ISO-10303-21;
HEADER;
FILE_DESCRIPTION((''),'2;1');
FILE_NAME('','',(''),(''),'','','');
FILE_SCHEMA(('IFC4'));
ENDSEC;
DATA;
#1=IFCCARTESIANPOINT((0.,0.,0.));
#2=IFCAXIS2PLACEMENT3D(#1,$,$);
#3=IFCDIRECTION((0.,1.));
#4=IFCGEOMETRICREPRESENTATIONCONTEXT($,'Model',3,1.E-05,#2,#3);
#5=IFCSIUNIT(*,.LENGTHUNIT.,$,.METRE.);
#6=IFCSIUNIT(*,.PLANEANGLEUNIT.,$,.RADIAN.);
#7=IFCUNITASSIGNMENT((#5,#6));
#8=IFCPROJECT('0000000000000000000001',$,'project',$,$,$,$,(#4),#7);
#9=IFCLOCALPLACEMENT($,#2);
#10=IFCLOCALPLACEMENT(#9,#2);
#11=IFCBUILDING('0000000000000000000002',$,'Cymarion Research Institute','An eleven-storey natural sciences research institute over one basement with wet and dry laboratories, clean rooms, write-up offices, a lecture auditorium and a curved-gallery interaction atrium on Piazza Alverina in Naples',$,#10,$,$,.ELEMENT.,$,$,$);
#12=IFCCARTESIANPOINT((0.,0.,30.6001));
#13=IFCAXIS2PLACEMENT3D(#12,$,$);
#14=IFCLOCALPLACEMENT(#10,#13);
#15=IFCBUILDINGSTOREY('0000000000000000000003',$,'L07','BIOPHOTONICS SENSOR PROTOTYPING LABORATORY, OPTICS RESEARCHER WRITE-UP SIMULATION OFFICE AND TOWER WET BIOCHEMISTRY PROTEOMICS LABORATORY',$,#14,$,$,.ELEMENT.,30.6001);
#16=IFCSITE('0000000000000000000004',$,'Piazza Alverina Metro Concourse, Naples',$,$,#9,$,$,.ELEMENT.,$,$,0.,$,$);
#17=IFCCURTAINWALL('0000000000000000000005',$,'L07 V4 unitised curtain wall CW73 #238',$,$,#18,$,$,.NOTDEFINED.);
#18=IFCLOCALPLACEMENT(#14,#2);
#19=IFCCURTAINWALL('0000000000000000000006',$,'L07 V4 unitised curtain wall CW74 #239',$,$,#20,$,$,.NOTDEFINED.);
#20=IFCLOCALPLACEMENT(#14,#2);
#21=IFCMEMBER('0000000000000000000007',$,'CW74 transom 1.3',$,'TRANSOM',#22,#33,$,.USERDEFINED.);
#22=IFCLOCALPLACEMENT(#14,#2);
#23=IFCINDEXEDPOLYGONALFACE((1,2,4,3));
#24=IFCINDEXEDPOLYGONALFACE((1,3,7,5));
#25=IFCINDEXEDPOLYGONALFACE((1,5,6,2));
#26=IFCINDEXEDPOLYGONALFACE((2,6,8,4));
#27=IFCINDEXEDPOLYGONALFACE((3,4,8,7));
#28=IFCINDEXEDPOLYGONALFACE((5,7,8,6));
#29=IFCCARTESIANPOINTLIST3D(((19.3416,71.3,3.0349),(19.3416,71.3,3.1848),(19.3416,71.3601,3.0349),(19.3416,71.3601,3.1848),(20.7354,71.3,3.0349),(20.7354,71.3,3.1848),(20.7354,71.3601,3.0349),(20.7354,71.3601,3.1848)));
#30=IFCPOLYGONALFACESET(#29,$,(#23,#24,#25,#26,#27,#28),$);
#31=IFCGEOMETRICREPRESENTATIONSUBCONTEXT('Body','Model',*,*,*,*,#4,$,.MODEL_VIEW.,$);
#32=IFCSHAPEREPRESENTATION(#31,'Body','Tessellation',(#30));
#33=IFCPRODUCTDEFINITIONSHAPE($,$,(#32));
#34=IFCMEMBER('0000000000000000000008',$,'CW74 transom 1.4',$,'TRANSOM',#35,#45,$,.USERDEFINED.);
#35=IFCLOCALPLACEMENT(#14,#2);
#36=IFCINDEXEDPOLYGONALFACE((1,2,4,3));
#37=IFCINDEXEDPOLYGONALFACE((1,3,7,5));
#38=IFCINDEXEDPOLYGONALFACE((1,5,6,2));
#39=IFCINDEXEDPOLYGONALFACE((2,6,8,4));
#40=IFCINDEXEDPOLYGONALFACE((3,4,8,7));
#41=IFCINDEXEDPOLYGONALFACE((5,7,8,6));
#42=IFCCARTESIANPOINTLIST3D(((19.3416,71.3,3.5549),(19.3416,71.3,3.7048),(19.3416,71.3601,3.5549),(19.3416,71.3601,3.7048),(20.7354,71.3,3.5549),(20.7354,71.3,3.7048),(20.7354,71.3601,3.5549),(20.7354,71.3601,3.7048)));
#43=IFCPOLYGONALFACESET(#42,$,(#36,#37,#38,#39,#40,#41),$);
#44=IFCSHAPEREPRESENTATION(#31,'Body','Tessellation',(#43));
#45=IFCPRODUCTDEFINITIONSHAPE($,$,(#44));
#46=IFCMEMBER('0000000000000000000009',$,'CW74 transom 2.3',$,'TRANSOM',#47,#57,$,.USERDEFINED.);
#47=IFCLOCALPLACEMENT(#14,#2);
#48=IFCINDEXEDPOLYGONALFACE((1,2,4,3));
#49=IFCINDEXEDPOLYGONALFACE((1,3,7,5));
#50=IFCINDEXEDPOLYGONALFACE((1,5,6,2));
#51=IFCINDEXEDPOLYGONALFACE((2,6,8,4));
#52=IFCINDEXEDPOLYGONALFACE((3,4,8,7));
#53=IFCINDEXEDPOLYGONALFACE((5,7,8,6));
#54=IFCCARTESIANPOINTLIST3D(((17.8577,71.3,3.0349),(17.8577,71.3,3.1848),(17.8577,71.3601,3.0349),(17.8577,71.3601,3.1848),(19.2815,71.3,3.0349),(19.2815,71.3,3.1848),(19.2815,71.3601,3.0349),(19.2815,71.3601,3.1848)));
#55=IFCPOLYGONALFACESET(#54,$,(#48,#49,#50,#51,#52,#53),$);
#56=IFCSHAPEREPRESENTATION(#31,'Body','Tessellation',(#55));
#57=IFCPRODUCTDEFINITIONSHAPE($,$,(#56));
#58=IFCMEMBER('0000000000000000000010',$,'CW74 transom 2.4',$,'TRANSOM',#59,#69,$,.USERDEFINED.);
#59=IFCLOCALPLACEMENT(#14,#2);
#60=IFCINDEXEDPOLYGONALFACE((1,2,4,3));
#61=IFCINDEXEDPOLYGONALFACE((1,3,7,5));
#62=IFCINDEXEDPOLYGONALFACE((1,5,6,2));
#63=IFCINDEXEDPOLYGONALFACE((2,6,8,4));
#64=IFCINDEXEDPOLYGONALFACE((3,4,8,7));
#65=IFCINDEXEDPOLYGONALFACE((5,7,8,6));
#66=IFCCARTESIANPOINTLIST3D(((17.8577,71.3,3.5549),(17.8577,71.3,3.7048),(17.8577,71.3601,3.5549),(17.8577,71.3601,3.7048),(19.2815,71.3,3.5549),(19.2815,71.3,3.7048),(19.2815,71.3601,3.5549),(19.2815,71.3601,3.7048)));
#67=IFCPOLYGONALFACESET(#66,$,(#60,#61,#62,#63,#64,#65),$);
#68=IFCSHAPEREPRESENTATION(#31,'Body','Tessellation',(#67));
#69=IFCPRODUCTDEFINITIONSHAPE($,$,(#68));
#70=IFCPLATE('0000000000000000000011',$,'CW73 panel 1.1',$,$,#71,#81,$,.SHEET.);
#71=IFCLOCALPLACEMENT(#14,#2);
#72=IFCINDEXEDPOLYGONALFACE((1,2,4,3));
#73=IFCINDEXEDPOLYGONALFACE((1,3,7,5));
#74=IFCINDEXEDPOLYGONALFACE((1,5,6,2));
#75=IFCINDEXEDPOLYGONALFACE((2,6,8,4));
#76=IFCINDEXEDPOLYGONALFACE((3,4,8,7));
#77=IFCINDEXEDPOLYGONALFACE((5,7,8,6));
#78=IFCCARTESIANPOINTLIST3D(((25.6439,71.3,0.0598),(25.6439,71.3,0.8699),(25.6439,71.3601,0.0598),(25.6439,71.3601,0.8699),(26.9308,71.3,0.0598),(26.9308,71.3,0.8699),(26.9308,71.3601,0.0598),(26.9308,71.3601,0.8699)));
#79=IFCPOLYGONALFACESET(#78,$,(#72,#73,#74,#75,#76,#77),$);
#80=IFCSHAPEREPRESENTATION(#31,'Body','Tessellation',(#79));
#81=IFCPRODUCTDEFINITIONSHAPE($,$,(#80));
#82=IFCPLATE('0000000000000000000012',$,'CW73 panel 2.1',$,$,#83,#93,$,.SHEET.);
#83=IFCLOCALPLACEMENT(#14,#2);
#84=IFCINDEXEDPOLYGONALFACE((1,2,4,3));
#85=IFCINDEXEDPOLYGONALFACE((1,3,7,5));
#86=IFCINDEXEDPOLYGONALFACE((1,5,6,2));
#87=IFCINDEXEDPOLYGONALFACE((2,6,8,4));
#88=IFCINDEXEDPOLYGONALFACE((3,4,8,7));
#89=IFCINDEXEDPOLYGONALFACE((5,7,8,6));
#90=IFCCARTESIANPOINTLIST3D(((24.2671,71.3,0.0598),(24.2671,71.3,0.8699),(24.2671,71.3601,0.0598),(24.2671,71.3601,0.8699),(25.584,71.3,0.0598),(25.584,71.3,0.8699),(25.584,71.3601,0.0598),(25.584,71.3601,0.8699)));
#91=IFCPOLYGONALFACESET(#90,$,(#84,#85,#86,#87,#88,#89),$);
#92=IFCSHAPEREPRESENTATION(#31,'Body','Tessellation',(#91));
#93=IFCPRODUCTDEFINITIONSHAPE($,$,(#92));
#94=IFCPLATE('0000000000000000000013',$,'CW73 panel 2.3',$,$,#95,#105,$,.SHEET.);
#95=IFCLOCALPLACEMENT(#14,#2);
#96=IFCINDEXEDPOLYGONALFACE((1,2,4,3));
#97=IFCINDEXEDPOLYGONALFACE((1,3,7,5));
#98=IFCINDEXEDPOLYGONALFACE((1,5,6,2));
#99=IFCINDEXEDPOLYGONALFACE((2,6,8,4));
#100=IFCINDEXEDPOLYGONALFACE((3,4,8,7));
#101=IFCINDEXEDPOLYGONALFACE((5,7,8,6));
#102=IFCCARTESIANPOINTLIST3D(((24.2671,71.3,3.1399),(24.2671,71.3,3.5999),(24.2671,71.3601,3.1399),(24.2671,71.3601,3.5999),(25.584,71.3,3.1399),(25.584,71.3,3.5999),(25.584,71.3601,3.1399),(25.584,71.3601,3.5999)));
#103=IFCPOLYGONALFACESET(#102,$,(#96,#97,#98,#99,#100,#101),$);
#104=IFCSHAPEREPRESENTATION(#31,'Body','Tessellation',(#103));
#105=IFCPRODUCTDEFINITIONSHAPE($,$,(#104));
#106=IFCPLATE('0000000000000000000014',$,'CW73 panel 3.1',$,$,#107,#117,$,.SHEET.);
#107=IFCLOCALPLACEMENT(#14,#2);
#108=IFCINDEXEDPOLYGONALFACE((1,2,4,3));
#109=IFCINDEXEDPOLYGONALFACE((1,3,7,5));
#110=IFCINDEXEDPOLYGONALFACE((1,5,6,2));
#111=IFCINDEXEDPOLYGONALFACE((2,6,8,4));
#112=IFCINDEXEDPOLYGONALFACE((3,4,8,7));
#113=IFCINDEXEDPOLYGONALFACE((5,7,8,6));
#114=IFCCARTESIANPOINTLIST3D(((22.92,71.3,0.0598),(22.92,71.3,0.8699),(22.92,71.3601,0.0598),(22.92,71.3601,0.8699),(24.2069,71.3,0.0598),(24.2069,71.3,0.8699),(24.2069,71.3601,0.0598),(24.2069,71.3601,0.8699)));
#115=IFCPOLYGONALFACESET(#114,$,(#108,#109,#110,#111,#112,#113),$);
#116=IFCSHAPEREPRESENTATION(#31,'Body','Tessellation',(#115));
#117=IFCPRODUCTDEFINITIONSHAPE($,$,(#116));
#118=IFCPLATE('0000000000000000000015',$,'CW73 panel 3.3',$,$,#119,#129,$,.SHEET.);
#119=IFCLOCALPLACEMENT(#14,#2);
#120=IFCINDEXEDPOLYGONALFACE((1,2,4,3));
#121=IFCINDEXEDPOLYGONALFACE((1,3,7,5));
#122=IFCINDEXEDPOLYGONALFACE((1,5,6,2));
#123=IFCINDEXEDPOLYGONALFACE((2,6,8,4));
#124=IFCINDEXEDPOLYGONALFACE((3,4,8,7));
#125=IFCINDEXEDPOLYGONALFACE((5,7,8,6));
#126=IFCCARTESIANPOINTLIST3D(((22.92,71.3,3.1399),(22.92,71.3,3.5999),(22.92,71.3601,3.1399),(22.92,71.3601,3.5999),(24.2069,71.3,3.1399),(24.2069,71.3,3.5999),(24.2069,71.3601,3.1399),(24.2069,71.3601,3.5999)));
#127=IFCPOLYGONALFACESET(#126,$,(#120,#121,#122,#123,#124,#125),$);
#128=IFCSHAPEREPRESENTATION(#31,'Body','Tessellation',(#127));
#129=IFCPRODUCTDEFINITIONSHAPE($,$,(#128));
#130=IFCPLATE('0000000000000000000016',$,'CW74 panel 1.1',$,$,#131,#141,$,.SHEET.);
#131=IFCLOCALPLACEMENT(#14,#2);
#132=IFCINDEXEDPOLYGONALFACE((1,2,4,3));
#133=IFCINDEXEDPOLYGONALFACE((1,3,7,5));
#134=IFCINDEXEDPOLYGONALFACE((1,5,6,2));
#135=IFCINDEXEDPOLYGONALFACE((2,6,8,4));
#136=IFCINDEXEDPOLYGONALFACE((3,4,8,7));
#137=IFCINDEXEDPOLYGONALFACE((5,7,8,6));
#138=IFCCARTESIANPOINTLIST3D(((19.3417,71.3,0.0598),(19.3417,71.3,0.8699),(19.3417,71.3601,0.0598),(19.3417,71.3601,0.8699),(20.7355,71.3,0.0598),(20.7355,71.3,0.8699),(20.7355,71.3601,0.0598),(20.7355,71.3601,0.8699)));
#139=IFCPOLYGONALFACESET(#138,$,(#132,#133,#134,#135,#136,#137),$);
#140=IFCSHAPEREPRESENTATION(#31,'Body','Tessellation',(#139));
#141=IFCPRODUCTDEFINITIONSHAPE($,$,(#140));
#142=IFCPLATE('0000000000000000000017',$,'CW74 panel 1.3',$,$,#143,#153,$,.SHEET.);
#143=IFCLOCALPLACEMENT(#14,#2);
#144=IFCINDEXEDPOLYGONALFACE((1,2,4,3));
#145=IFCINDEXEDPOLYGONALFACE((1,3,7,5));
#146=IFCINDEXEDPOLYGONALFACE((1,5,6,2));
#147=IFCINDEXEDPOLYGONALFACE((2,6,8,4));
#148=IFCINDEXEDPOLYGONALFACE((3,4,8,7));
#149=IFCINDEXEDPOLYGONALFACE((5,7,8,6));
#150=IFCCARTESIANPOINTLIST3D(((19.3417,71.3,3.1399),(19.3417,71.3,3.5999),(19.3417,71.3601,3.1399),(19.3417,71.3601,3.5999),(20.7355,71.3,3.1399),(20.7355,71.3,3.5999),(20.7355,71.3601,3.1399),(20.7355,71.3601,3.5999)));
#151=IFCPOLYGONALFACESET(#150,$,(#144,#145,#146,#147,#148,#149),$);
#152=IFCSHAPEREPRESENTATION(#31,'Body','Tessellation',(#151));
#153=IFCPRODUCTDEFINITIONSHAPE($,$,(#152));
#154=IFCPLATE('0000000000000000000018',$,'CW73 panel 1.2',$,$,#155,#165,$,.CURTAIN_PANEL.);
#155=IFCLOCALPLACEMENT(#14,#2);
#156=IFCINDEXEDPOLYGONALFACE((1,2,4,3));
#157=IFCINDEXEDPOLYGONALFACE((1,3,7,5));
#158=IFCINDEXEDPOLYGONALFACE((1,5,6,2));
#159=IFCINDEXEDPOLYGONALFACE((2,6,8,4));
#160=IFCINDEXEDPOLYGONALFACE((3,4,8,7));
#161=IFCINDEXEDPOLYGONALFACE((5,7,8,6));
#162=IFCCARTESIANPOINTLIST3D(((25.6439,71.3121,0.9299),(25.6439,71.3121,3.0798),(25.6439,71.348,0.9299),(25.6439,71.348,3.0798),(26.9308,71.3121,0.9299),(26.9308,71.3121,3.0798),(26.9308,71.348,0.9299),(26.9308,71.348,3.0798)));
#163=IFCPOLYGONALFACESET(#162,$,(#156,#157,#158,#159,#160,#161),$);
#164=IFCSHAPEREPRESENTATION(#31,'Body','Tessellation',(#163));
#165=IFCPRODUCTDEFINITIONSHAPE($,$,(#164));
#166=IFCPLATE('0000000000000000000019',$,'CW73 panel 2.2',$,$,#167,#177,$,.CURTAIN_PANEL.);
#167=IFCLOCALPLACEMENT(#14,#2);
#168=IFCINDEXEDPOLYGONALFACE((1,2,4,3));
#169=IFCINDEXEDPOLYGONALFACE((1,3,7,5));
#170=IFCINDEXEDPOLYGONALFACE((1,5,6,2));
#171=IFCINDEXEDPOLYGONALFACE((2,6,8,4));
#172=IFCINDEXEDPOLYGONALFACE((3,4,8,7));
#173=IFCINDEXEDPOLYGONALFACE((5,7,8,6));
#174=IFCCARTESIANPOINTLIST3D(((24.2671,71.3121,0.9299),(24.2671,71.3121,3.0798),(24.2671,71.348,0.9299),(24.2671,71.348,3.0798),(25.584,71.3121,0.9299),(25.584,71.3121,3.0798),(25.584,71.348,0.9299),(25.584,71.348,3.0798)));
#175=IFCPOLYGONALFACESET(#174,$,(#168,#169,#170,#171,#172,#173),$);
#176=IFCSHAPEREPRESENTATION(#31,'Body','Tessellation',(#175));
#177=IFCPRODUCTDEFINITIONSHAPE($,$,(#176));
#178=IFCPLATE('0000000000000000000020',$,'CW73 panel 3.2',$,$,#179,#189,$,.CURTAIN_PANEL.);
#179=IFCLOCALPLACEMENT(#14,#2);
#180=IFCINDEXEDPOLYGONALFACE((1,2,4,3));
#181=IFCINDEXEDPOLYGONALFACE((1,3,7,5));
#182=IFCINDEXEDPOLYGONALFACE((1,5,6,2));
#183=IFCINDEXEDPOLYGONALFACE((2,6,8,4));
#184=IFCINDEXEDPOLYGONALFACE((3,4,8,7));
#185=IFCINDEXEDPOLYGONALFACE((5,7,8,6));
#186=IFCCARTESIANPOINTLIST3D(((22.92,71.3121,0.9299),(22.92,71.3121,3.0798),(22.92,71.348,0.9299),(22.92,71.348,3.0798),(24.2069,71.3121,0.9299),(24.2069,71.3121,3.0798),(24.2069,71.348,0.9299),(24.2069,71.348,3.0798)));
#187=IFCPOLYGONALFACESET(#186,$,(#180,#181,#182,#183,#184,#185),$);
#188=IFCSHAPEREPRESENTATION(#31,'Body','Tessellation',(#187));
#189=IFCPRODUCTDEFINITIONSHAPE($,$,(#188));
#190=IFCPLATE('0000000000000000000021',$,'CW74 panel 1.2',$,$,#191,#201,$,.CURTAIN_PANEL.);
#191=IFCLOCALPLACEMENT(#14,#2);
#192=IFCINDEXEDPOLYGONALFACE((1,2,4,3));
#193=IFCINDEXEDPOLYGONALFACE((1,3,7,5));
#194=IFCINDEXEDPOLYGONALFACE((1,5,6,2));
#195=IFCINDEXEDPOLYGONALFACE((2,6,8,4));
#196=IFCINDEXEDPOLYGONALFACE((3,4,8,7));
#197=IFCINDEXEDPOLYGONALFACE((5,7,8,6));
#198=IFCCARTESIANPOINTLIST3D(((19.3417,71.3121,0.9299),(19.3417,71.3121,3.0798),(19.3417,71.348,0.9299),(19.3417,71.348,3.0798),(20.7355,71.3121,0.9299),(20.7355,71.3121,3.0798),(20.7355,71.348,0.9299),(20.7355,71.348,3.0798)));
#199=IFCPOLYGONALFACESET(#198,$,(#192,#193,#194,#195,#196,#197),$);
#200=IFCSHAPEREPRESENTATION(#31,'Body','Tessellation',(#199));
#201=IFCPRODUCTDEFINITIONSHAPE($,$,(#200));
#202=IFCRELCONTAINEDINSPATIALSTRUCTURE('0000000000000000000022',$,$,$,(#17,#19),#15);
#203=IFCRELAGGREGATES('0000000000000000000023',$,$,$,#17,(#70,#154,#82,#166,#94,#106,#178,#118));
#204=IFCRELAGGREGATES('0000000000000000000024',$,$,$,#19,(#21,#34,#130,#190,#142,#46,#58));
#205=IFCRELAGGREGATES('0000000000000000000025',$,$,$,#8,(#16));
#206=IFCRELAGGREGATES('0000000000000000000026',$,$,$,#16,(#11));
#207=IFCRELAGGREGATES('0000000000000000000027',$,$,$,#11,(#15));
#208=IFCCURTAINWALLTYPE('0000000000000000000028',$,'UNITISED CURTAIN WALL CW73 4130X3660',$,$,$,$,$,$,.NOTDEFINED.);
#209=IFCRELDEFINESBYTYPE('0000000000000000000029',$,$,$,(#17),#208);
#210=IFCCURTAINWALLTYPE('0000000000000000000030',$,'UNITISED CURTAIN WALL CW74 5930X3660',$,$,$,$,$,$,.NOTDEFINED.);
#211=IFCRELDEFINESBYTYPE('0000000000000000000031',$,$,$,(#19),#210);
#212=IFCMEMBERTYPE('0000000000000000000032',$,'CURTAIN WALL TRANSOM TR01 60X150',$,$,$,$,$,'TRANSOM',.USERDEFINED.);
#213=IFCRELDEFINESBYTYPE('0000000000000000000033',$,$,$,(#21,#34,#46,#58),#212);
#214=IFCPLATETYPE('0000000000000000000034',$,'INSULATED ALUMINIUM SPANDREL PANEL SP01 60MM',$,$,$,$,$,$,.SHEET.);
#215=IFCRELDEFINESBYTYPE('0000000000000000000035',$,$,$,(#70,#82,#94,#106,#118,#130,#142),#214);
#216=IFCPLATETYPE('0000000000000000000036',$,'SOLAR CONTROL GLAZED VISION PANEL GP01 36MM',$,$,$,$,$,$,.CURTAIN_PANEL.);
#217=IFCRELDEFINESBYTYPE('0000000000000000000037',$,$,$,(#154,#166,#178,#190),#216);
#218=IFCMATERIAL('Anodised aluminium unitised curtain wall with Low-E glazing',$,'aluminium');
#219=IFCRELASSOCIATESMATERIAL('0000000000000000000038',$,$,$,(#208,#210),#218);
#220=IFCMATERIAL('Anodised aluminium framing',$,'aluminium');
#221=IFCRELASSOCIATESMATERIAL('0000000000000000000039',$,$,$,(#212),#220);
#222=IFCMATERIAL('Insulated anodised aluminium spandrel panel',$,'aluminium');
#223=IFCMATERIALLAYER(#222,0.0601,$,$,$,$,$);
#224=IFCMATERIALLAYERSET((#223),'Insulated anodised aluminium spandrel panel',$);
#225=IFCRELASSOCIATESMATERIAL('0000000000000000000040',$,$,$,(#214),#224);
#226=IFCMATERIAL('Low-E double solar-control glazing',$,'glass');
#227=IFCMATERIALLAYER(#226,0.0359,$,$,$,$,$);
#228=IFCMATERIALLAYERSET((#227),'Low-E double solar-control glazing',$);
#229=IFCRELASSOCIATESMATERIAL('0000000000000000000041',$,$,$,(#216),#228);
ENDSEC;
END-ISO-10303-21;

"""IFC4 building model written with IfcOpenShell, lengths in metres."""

from ifc_helpers import new_model, si_unit, direction, frame, origin, origin_2d, place, context, subcontext, project, spatial, rectangle, extrude, material, layer, layer_set, material_profile, profile_set, type_object, element, aggregate, save


model = new_model("IFC4")

# Units and contexts
model_context = context("Model", 3, precision=1e-05, world=origin(), true_north=direction((0.0, 1.0)))
body_context = subcontext(model_context, "Body", "Model", "MODEL_VIEW")
ifc_project = project(units=[si_unit("LENGTHUNIT", "METRE"), si_unit("PLANEANGLEUNIT", "RADIAN")], contexts=[model_context])

# Site, building, storey
site_placement = place(None, origin())
site = spatial("IfcSite", under=ifc_project, at=site_placement, Name="Piazza Alverina Metro Concourse, Naples", CompositionType="ELEMENT", RefElevation=0.0)
building_placement = place(site_placement, origin())
building = spatial("IfcBuilding", under=site, at=building_placement, Name="Cymarion Research Institute", Description="An eleven-storey natural sciences research institute over one basement with wet and dry laboratories, clean rooms, write-up offices, a lecture auditorium and a curved-gallery interaction atrium on Piazza Alverina in Naples", CompositionType="ELEMENT")
storey_placement = place(building_placement, frame((0.0, 0.0, 30.6001)))
storey = spatial("IfcBuildingStorey", under=building, at=storey_placement, Name="L07", Description="BIOPHOTONICS SENSOR PROTOTYPING LABORATORY, OPTICS RESEARCHER WRITE-UP SIMULATION OFFICE AND TOWER WET BIOCHEMISTRY PROTEOMICS LABORATORY", CompositionType="ELEMENT", Elevation=30.6001)

# Curtain walls
ifc_material_1 = material(Name="Anodised aluminium unitised curtain wall with Low-E glazing", Category="aluminium")
curtain_wall_type_1 = type_object("IfcCurtainWallType", Name="UNITISED CURTAIN WALL CW73 4130X3660", PredefinedType="NOTDEFINED", material=ifc_material_1)
curtain_wall_1_placement = place(storey_placement, origin())
curtain_wall_1 = element("IfcCurtainWall", 1, at=curtain_wall_1_placement, inside=storey, type_object=curtain_wall_type_1, Name="L07 V4 unitised curtain wall CW73 #238", PredefinedType="NOTDEFINED")
ifc_material_2 = material(Name="Anodised aluminium framing", Category="aluminium")
curtain_wall_type_2 = type_object("IfcCurtainWallType", Name="UNITISED CURTAIN WALL CW74 5930X3660", PredefinedType="NOTDEFINED", material=ifc_material_1)
curtain_wall_2_placement = place(storey_placement, origin())
curtain_wall_2 = element("IfcCurtainWall", 2, at=curtain_wall_2_placement, inside=storey, type_object=curtain_wall_type_2, Name="L07 V4 unitised curtain wall CW74 #239", PredefinedType="NOTDEFINED")

# Members
ifc_material_profile_1 = material_profile(ifc_material_2, rectangle(XDim=0.0601, YDim=0.1499, at=origin_2d()), Name="ALU TRANSOM 60x150")
ifc_profile_set_1 = profile_set([ifc_material_profile_1], Name="Anodised aluminium framing")
member_type_1 = type_object("IfcMemberType", Name="CURTAIN WALL TRANSOM TR01 60X150", ElementType="TRANSOM", PredefinedType="USERDEFINED", material=ifc_profile_set_1)
member_1_placement = place(storey_placement, frame((20.7354, 71.3301, 3.1099), z_axis=(-1.0, 0.0, 0.0), x_axis=(0.0, -1.0, 0.0)))
member_1 = element("IfcMember", 3, at=member_1_placement, type_object=member_type_1, Name="CW74 transom 1.3", ObjectType="TRANSOM", PredefinedType="USERDEFINED", context=body_context, shape_type="SweptSolid", body=[
    extrude(rectangle(XDim=0.0601, YDim=0.1499, at=origin_2d()), origin(), (0.0, 0.0, 1.0), 1.3938),
])
member_2_placement = place(storey_placement, frame((20.7354, 71.3301, 3.6299), z_axis=(-1.0, 0.0, 0.0), x_axis=(0.0, -1.0, 0.0)))
member_2 = element("IfcMember", 4, at=member_2_placement, type_object=member_type_1, Name="CW74 transom 1.4", ObjectType="TRANSOM", PredefinedType="USERDEFINED", context=body_context, shape_type="SweptSolid", body=[
    extrude(rectangle(XDim=0.0601, YDim=0.1499, at=origin_2d()), origin(), (0.0, 0.0, 1.0), 1.3938),
])
member_3_placement = place(storey_placement, frame((19.2815, 71.3301, 3.1099), z_axis=(-1.0, 0.0, 0.0), x_axis=(0.0, -1.0, 0.0)))
member_3 = element("IfcMember", 5, at=member_3_placement, type_object=member_type_1, Name="CW74 transom 2.3", ObjectType="TRANSOM", PredefinedType="USERDEFINED", context=body_context, shape_type="SweptSolid", body=[
    extrude(rectangle(XDim=0.0601, YDim=0.1499, at=origin_2d()), origin(), (0.0, 0.0, 1.0), 1.4238),
])
member_4_placement = place(storey_placement, frame((19.2815, 71.3301, 3.6299), z_axis=(-1.0, 0.0, 0.0), x_axis=(0.0, -1.0, 0.0)))
member_4 = element("IfcMember", 6, at=member_4_placement, type_object=member_type_1, Name="CW74 transom 2.4", ObjectType="TRANSOM", PredefinedType="USERDEFINED", context=body_context, shape_type="SweptSolid", body=[
    extrude(rectangle(XDim=0.0601, YDim=0.1499, at=origin_2d()), origin(), (0.0, 0.0, 1.0), 1.4238),
])

# Plates
ifc_material_3 = material(Name="Insulated anodised aluminium spandrel panel", Category="aluminium")
ifc_layer_1 = layer(ifc_material_3, 0.0601)
ifc_layer_set_1 = layer_set([ifc_layer_1], Name="Insulated anodised aluminium spandrel panel")
plate_type_1 = type_object("IfcPlateType", Name="INSULATED ALUMINIUM SPANDREL PANEL SP01 60MM", PredefinedType="SHEET", material=ifc_layer_set_1)
plate_1_placement = place(storey_placement, frame((26.2874, 71.3301, 0.0598), z_axis=(0.0, 0.0, 1.0), x_axis=(-1.0, 0.0, 0.0)))
plate_1 = element("IfcPlate", 7, at=plate_1_placement, type_object=plate_type_1, Name="CW73 panel 1.1", PredefinedType="SHEET", context=body_context, shape_type="SweptSolid", body=[
    extrude(rectangle(XDim=1.2869, YDim=0.0601, at=origin_2d()), origin(), (0.0, 0.0, 1.0), 0.8101),
])
plate_2_placement = place(storey_placement, frame((24.9255, 71.3301, 0.0598), z_axis=(0.0, 0.0, 1.0), x_axis=(-1.0, 0.0, 0.0)))
plate_2 = element("IfcPlate", 8, at=plate_2_placement, type_object=plate_type_1, Name="CW73 panel 2.1", PredefinedType="SHEET", context=body_context, shape_type="SweptSolid", body=[
    extrude(rectangle(XDim=1.3169, YDim=0.0601, at=origin_2d()), origin(), (0.0, 0.0, 1.0), 0.8101),
])
plate_3_placement = place(storey_placement, frame((24.9255, 71.3301, 3.1399), z_axis=(0.0, 0.0, 1.0), x_axis=(-1.0, 0.0, 0.0)))
plate_3 = element("IfcPlate", 9, at=plate_3_placement, type_object=plate_type_1, Name="CW73 panel 2.3", PredefinedType="SHEET", context=body_context, shape_type="SweptSolid", body=[
    extrude(rectangle(XDim=1.3169, YDim=0.0601, at=origin_2d()), origin(), (0.0, 0.0, 1.0), 0.46),
])
plate_4_placement = place(storey_placement, frame((23.5635, 71.3301, 0.0598), z_axis=(0.0, 0.0, 1.0), x_axis=(-1.0, 0.0, 0.0)))
plate_4 = element("IfcPlate", 10, at=plate_4_placement, type_object=plate_type_1, Name="CW73 panel 3.1", PredefinedType="SHEET", context=body_context, shape_type="SweptSolid", body=[
    extrude(rectangle(XDim=1.2869, YDim=0.0601, at=origin_2d()), origin(), (0.0, 0.0, 1.0), 0.8101),
])
plate_5_placement = place(storey_placement, frame((23.5635, 71.3301, 3.1399), z_axis=(0.0, 0.0, 1.0), x_axis=(-1.0, 0.0, 0.0)))
plate_5 = element("IfcPlate", 11, at=plate_5_placement, type_object=plate_type_1, Name="CW73 panel 3.3", PredefinedType="SHEET", context=body_context, shape_type="SweptSolid", body=[
    extrude(rectangle(XDim=1.2869, YDim=0.0601, at=origin_2d()), origin(), (0.0, 0.0, 1.0), 0.46),
])
plate_6_placement = place(storey_placement, frame((20.0386, 71.3301, 0.0598), z_axis=(0.0, 0.0, 1.0), x_axis=(-1.0, 0.0, 0.0)))
plate_6 = element("IfcPlate", 12, at=plate_6_placement, type_object=plate_type_1, Name="CW74 panel 1.1", PredefinedType="SHEET", context=body_context, shape_type="SweptSolid", body=[
    extrude(rectangle(XDim=1.3938, YDim=0.0601, at=origin_2d()), origin(), (0.0, 0.0, 1.0), 0.8101),
])
plate_7_placement = place(storey_placement, frame((20.0386, 71.3301, 3.1399), z_axis=(0.0, 0.0, 1.0), x_axis=(-1.0, 0.0, 0.0)))
plate_7 = element("IfcPlate", 13, at=plate_7_placement, type_object=plate_type_1, Name="CW74 panel 1.3", PredefinedType="SHEET", context=body_context, shape_type="SweptSolid", body=[
    extrude(rectangle(XDim=1.3938, YDim=0.0601, at=origin_2d()), origin(), (0.0, 0.0, 1.0), 0.46),
])
ifc_material_4 = material(Name="Low-E double solar-control glazing", Category="glass")
ifc_layer_2 = layer(ifc_material_4, 0.0359)
ifc_layer_set_2 = layer_set([ifc_layer_2], Name="Low-E double solar-control glazing")
plate_type_2 = type_object("IfcPlateType", Name="SOLAR CONTROL GLAZED VISION PANEL GP01 36MM", PredefinedType="CURTAIN_PANEL", material=ifc_layer_set_2)
plate_8_placement = place(storey_placement, frame((26.2874, 71.3301, 0.9299), z_axis=(0.0, 0.0, 1.0), x_axis=(-1.0, 0.0, 0.0)))
plate_8 = element("IfcPlate", 14, at=plate_8_placement, type_object=plate_type_2, Name="CW73 panel 1.2", PredefinedType="CURTAIN_PANEL", context=body_context, shape_type="SweptSolid", body=[
    extrude(rectangle(XDim=1.2869, YDim=0.0359, at=origin_2d()), origin(), (0.0, 0.0, 1.0), 2.1499),
])
plate_9_placement = place(storey_placement, frame((24.9255, 71.3301, 0.9299), z_axis=(0.0, 0.0, 1.0), x_axis=(-1.0, 0.0, 0.0)))
plate_9 = element("IfcPlate", 15, at=plate_9_placement, type_object=plate_type_2, Name="CW73 panel 2.2", PredefinedType="CURTAIN_PANEL", context=body_context, shape_type="SweptSolid", body=[
    extrude(rectangle(XDim=1.3169, YDim=0.0359, at=origin_2d()), origin(), (0.0, 0.0, 1.0), 2.1499),
])
plate_10_placement = place(storey_placement, frame((23.5635, 71.3301, 0.9299), z_axis=(0.0, 0.0, 1.0), x_axis=(-1.0, 0.0, 0.0)))
plate_10 = element("IfcPlate", 16, at=plate_10_placement, type_object=plate_type_2, Name="CW73 panel 3.2", PredefinedType="CURTAIN_PANEL", context=body_context, shape_type="SweptSolid", body=[
    extrude(rectangle(XDim=1.2869, YDim=0.0359, at=origin_2d()), origin(), (0.0, 0.0, 1.0), 2.1499),
])
aggregate(curtain_wall_1, [plate_1, plate_8, plate_2, plate_9, plate_3, plate_4, plate_10, plate_5])
plate_11_placement = place(storey_placement, frame((20.0386, 71.3301, 0.9299), z_axis=(0.0, 0.0, 1.0), x_axis=(-1.0, 0.0, 0.0)))
plate_11 = element("IfcPlate", 17, at=plate_11_placement, type_object=plate_type_2, Name="CW74 panel 1.2", PredefinedType="CURTAIN_PANEL", context=body_context, shape_type="SweptSolid", body=[
    extrude(rectangle(XDim=1.3938, YDim=0.0359, at=origin_2d()), origin(), (0.0, 0.0, 1.0), 2.1499),
])
aggregate(curtain_wall_2, [member_1, member_2, plate_6, plate_11, plate_7, member_3, member_4])

save(model, "model.ifc")
